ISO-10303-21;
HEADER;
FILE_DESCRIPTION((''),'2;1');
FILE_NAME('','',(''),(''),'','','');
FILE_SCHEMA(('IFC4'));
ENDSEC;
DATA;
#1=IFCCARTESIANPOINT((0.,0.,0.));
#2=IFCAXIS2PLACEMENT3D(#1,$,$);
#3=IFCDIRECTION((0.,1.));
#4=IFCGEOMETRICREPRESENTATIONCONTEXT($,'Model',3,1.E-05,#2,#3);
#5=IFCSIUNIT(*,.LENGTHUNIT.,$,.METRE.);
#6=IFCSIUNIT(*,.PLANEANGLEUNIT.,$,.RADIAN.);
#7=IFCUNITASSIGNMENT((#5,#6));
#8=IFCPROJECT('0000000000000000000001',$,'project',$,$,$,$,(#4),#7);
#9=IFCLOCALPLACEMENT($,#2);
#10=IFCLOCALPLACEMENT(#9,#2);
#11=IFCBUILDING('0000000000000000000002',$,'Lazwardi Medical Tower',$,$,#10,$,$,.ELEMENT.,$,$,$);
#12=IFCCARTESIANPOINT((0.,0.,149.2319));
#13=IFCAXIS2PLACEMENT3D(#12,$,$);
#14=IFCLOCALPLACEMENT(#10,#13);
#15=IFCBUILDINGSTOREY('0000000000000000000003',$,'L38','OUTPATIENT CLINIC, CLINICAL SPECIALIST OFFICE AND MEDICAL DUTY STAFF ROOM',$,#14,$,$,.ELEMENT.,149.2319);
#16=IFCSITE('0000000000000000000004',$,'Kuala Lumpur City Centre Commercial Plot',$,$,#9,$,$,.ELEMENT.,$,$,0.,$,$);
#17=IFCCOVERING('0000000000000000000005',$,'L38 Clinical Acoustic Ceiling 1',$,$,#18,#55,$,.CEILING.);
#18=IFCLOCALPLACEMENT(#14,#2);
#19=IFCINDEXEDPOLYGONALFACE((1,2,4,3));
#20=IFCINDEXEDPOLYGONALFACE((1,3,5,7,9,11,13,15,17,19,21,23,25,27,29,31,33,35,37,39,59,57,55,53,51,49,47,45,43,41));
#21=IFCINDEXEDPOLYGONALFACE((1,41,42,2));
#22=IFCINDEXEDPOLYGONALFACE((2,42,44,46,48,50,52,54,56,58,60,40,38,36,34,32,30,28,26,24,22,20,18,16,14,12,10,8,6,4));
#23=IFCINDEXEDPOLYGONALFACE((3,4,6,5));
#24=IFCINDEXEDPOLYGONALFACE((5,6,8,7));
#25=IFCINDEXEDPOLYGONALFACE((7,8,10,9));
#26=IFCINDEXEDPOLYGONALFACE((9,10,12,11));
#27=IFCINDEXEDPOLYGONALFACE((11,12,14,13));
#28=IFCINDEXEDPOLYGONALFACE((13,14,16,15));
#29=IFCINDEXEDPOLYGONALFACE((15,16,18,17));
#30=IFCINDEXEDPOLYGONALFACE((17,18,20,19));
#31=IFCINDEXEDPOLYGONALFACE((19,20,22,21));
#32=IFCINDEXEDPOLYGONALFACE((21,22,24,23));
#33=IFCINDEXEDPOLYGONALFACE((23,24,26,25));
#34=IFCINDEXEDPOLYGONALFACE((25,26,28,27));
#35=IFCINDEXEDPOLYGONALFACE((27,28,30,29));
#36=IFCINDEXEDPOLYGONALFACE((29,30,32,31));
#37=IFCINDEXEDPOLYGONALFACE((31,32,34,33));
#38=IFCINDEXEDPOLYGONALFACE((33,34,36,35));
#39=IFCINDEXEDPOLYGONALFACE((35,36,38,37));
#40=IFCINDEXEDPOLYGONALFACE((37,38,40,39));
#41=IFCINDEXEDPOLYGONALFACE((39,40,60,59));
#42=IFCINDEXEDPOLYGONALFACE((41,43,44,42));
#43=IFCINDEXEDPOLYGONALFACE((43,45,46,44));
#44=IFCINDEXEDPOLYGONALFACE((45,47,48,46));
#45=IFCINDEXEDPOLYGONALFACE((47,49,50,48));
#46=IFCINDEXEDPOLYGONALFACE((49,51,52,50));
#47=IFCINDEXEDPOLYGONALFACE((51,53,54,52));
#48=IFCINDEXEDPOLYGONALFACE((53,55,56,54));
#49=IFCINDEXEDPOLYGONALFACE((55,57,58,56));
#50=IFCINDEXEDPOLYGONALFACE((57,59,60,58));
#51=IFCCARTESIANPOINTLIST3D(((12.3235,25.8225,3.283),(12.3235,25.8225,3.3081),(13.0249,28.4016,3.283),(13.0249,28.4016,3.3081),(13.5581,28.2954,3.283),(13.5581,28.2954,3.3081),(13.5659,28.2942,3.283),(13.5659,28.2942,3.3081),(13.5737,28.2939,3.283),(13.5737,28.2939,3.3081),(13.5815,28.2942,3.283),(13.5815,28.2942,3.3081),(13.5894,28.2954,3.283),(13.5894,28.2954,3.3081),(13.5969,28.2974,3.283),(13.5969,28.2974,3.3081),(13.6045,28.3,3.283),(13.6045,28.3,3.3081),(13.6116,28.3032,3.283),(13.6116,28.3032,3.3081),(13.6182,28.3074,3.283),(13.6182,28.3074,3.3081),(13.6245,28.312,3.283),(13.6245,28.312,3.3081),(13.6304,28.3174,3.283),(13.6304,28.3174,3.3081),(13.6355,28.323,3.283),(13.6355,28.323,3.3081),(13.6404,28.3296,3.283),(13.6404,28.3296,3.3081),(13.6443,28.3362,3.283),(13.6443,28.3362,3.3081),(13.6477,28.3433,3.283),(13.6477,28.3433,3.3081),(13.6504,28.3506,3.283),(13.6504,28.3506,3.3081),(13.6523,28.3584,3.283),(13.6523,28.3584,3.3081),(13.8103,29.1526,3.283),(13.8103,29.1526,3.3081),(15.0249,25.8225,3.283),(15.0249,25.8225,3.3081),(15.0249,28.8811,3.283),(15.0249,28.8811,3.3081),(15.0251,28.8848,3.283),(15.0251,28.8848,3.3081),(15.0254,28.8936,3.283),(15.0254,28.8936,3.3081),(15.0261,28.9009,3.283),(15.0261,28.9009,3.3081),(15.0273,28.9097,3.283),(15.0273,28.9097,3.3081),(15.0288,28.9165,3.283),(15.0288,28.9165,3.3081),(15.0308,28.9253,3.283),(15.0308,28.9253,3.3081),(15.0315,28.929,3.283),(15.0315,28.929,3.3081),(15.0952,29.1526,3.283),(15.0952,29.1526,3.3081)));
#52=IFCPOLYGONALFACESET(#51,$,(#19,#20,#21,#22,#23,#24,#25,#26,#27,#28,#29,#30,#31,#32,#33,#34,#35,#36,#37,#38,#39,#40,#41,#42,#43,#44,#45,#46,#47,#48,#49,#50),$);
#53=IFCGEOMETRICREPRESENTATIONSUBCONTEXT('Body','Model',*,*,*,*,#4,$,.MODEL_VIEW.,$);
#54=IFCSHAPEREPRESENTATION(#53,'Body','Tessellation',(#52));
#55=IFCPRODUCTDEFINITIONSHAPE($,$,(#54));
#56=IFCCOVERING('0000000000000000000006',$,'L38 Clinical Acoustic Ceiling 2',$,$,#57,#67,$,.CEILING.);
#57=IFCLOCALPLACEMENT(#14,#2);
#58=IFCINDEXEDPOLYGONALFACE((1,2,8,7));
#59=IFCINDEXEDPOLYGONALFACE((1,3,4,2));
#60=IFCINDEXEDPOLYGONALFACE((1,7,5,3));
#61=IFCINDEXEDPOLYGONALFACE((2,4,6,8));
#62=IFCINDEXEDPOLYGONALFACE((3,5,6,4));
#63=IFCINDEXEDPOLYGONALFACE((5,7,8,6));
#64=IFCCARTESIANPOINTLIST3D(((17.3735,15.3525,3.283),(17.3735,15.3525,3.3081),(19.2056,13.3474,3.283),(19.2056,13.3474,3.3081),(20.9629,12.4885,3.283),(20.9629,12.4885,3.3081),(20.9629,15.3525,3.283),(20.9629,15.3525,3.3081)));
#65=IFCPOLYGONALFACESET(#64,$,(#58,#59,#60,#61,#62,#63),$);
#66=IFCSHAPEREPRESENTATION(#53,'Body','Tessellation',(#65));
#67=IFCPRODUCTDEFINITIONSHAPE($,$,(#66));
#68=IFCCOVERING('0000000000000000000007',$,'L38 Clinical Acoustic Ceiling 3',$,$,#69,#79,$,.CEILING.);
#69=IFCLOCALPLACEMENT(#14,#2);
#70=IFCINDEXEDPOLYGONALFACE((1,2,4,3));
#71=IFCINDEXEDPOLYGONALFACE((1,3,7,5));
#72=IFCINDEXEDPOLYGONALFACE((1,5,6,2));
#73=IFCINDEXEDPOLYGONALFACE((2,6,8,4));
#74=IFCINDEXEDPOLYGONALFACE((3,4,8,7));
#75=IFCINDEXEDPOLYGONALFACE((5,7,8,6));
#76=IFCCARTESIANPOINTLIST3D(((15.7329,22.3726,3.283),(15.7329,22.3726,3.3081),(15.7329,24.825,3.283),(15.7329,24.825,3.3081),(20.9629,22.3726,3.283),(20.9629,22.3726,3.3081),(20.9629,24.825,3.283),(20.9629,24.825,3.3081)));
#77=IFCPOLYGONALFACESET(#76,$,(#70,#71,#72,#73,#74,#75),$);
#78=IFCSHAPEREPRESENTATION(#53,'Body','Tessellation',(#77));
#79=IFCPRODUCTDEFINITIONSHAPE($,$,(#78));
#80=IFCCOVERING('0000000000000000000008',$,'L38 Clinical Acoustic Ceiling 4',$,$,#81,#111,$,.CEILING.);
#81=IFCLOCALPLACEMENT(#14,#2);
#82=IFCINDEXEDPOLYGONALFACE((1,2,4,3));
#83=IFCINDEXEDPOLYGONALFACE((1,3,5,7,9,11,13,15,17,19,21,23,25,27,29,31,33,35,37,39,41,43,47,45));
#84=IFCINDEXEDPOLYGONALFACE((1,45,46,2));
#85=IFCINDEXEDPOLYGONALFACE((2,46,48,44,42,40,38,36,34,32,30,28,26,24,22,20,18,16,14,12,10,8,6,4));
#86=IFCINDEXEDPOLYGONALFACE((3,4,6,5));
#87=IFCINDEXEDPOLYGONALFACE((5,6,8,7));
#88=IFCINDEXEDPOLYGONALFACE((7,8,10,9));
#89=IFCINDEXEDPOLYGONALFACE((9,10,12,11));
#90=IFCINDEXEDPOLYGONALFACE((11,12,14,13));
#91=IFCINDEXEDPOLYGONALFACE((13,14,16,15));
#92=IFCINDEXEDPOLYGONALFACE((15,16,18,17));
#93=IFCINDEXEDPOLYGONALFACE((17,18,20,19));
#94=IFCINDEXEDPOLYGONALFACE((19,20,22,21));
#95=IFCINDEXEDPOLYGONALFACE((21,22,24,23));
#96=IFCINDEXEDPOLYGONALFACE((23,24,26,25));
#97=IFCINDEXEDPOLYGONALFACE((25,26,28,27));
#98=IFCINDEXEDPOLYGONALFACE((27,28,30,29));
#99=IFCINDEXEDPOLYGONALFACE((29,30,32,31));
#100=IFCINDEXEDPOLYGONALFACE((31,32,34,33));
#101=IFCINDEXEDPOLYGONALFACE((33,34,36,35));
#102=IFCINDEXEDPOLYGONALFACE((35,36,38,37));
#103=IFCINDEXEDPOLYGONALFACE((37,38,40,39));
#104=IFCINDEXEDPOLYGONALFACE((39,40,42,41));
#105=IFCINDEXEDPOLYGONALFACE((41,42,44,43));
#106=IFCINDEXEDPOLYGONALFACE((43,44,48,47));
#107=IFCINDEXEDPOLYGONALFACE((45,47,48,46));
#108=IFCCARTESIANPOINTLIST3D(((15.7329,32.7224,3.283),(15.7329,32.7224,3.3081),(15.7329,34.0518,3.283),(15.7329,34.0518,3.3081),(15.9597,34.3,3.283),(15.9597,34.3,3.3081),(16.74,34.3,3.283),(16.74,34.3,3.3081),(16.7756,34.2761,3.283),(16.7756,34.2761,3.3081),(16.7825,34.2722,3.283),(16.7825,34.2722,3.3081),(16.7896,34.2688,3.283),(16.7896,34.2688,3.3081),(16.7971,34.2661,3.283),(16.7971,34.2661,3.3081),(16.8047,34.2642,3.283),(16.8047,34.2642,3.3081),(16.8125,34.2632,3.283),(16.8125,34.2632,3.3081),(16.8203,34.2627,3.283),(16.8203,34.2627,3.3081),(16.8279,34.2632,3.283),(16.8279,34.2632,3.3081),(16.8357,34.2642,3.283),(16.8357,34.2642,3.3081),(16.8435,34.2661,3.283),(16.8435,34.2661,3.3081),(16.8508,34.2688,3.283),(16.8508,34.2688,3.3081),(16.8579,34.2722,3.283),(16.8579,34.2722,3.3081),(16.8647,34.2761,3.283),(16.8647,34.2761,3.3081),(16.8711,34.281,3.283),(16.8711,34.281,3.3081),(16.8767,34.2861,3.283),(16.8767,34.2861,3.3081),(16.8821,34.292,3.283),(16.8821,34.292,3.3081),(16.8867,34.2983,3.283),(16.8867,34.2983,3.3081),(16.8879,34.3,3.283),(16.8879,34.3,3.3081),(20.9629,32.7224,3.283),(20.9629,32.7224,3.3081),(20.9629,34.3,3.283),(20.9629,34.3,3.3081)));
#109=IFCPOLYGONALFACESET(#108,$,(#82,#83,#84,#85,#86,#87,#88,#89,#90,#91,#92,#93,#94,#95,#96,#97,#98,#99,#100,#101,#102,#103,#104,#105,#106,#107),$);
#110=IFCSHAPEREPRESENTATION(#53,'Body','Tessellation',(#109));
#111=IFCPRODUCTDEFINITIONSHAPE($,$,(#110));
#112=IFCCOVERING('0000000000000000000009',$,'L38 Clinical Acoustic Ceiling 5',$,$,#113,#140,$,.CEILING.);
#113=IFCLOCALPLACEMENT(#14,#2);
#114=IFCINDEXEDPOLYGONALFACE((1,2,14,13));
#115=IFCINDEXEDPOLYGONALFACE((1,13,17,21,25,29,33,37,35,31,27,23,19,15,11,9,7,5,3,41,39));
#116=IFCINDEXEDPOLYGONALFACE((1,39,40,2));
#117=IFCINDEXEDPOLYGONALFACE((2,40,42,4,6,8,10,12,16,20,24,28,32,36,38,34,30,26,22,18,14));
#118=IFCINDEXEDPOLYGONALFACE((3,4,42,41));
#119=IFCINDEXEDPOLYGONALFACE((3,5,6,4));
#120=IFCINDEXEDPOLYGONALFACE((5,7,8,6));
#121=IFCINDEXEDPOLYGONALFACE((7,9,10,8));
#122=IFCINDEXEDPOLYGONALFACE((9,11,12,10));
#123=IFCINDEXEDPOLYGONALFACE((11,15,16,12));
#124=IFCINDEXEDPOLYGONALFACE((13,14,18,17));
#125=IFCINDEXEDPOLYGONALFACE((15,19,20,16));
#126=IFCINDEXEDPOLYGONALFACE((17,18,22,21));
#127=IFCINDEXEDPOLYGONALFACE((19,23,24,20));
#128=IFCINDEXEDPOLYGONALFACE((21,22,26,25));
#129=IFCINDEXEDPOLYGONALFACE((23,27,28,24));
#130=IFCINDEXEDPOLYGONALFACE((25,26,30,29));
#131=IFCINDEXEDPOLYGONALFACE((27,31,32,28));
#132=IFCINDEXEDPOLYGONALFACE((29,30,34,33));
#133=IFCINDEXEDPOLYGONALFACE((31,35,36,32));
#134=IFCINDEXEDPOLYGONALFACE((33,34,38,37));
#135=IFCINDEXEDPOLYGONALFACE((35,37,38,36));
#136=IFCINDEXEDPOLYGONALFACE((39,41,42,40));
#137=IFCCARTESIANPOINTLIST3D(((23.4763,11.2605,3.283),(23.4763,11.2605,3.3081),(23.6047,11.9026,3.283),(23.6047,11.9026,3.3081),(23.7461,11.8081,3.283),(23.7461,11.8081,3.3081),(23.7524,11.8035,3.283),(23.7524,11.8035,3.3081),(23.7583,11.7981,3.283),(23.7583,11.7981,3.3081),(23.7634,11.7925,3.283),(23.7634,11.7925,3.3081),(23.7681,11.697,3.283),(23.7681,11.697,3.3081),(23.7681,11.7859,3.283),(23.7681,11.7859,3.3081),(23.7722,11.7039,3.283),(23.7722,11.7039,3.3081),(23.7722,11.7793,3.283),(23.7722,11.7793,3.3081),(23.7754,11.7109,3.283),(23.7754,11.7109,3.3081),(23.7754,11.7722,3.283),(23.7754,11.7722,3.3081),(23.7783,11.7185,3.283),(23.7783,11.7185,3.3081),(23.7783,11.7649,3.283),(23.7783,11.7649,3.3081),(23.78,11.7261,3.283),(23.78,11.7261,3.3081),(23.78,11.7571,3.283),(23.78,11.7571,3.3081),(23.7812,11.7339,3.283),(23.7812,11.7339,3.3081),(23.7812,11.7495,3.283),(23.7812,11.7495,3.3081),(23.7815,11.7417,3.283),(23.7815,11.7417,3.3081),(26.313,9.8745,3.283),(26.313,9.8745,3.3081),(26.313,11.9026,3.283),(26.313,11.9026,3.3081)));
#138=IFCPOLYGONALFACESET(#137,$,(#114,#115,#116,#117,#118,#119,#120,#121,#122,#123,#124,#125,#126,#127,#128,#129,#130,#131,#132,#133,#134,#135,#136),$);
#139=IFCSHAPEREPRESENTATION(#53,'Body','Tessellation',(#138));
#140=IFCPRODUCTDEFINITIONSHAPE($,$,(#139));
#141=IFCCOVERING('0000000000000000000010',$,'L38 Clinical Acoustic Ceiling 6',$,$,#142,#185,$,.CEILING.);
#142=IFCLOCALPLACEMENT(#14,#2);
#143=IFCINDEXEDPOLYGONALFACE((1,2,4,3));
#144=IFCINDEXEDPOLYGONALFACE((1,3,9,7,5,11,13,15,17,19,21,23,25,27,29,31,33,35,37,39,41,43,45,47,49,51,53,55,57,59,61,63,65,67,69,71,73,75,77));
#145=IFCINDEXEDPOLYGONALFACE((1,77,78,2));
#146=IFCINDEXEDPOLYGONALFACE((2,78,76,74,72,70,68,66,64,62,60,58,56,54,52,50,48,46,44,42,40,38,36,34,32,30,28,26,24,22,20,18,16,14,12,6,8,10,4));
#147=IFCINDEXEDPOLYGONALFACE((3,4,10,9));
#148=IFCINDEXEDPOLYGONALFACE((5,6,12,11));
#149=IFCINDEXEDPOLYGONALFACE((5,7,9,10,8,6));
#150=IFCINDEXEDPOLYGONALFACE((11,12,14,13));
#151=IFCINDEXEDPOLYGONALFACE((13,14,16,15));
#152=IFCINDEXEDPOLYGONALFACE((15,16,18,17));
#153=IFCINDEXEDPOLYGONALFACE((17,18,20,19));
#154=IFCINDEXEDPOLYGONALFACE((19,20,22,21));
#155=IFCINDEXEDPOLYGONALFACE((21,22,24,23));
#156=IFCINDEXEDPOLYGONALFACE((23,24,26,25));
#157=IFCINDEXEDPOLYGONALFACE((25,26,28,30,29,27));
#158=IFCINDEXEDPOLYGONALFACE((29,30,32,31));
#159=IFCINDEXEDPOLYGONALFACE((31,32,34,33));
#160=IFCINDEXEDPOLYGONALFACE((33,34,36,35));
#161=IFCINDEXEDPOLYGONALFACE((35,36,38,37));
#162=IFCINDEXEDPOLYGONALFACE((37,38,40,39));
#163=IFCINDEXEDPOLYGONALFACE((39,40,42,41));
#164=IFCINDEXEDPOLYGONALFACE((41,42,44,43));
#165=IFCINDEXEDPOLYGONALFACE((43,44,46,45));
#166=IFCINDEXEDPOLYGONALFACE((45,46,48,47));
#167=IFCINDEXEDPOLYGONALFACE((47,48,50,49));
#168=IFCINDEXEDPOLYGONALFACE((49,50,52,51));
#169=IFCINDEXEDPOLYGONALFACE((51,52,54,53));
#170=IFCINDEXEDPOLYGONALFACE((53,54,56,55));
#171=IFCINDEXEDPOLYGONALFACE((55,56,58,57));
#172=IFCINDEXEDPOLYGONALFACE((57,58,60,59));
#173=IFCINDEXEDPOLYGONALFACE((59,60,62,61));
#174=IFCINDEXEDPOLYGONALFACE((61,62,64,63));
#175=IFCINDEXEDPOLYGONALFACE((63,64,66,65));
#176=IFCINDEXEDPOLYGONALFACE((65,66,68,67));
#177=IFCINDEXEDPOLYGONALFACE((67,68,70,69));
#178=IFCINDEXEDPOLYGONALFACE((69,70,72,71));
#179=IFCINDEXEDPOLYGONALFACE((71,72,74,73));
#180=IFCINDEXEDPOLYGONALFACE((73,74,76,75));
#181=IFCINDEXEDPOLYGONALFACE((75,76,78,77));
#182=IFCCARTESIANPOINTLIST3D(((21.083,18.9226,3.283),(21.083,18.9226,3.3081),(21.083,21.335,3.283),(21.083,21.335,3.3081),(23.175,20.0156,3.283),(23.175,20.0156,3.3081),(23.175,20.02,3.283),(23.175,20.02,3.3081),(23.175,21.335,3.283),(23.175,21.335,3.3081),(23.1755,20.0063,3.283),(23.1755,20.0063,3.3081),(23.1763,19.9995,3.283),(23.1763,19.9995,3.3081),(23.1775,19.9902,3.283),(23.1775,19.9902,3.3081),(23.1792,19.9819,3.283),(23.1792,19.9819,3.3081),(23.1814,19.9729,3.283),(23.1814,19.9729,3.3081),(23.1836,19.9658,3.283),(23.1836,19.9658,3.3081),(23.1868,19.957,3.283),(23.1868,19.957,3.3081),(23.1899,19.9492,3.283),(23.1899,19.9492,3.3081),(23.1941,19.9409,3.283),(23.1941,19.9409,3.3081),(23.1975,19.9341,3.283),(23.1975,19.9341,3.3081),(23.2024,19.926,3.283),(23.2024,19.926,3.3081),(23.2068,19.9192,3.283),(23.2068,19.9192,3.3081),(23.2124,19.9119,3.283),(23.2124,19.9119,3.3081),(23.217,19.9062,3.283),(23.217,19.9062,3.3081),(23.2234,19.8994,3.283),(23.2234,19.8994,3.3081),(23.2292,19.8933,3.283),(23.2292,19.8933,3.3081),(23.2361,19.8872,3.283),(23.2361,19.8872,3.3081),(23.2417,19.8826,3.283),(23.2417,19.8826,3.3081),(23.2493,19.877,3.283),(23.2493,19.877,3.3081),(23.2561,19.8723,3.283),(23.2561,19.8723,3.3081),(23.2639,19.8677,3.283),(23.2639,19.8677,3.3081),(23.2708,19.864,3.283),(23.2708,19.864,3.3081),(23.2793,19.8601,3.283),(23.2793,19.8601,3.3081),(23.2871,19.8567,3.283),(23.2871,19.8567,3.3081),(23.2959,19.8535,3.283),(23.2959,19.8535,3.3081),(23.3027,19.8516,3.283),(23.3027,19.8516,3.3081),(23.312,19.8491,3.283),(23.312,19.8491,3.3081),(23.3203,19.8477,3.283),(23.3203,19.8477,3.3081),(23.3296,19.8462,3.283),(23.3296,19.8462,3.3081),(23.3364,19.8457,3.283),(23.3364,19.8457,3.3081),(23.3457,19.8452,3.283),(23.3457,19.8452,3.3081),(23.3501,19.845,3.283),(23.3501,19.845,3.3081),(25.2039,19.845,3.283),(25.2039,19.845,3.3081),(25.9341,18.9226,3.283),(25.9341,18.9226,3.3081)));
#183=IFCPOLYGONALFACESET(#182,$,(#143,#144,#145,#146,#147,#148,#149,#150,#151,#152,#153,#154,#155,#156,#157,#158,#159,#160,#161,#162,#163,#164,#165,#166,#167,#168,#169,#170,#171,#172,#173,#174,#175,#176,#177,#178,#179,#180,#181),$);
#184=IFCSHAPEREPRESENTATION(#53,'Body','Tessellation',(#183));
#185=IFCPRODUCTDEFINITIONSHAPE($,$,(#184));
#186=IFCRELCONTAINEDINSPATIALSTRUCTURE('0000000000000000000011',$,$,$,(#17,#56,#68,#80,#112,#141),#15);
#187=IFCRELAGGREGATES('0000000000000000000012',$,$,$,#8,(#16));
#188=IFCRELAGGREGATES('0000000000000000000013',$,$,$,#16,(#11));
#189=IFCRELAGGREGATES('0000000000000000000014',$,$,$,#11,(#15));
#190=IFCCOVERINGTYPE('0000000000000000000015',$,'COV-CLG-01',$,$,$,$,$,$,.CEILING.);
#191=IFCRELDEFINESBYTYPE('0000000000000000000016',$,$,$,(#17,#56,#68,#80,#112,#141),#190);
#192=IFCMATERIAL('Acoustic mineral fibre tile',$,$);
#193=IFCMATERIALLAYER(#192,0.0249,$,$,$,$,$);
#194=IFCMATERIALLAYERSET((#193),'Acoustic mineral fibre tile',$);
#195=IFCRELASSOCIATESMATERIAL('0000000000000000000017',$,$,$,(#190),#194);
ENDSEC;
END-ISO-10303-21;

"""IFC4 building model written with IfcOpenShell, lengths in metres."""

from ifc_helpers import new_model, si_unit, direction, frame, origin, place, context, subcontext, project, spatial, polyline, outline, extrude, material, layer, layer_set, type_object, element, save


model = new_model("IFC4")

# Units and contexts
model_context = context("Model", 3, precision=1e-05, world=origin(), true_north=direction((0.0, 1.0)))
body_context = subcontext(model_context, "Body", "Model", "MODEL_VIEW")
ifc_project = project(units=[si_unit("LENGTHUNIT", "METRE"), si_unit("PLANEANGLEUNIT", "RADIAN")], contexts=[model_context])

# Site, building, storey
site_placement = place(None, origin())
site = spatial("IfcSite", under=ifc_project, at=site_placement, Name="Kuala Lumpur City Centre Commercial Plot", CompositionType="ELEMENT", RefElevation=0.0)
building_placement = place(site_placement, origin())
building = spatial("IfcBuilding", under=site, at=building_placement, Name="Lazwardi Medical Tower", CompositionType="ELEMENT")
storey_placement = place(building_placement, frame((0.0, 0.0, 149.2319)))
storey = spatial("IfcBuildingStorey", under=building, at=storey_placement, Name="L38", Description="OUTPATIENT CLINIC, CLINICAL SPECIALIST OFFICE AND MEDICAL DUTY STAFF ROOM", CompositionType="ELEMENT", Elevation=149.2319)

# Coverings
ifc_material_1 = material(Name="Acoustic mineral fibre tile")
ifc_layer_1 = layer(ifc_material_1, 0.0249)
ifc_layer_set_1 = layer_set([ifc_layer_1], Name="Acoustic mineral fibre tile")
covering_type_1 = type_object("IfcCoveringType", Name="COV-CLG-01", PredefinedType="CEILING", material=ifc_layer_set_1)
covering_1_placement = place(storey_placement, frame((0.0, 0.0, 3.283)))
element("IfcCovering", 1, at=covering_1_placement, inside=storey, type_object=covering_type_1, Name="L38 Clinical Acoustic Ceiling 1", PredefinedType="CEILING", context=body_context, shape_type="SweptSolid", body=[
    extrude(outline(polyline([(13.8103, 29.1526), (13.6523, 28.3584), (13.6504, 28.3506), (13.6477, 28.3433), (13.6443, 28.3362), (13.6404, 28.3296), (13.6355, 28.323), (13.6304, 28.3174), (13.6245, 28.312), (13.6182, 28.3074), (13.6116, 28.3032), (13.6045, 28.3), (13.5969, 28.2974), (13.5894, 28.2954), (13.5815, 28.2942), (13.5737, 28.2939), (13.5659, 28.2942), (13.5581, 28.2954), (13.0249, 28.4016), (12.3235, 25.8225), (15.0249, 25.8225), (15.0249, 28.8811), (15.0251, 28.8848), (15.0254, 28.8936), (15.0261, 28.9009), (15.0273, 28.9097), (15.0288, 28.9165), (15.0308, 28.9253), (15.0315, 28.929), (15.0952, 29.1526), (13.8103, 29.1526)])), origin(), (0.0, 0.0, 1.0), 0.0251),
])
covering_2_placement = place(storey_placement, frame((0.0, 0.0, 3.283)))
element("IfcCovering", 2, at=covering_2_placement, inside=storey, type_object=covering_type_1, Name="L38 Clinical Acoustic Ceiling 2", PredefinedType="CEILING", context=body_context, shape_type="SweptSolid", body=[
    extrude(outline(polyline([(17.3735, 15.3525), (19.2056, 13.3474), (20.9629, 12.4885), (20.9629, 15.3525), (17.3735, 15.3525)])), origin(), (0.0, 0.0, 1.0), 0.0251),
])
covering_3_placement = place(storey_placement, frame((0.0, 0.0, 3.283)))
element("IfcCovering", 3, at=covering_3_placement, inside=storey, type_object=covering_type_1, Name="L38 Clinical Acoustic Ceiling 3", PredefinedType="CEILING", context=body_context, shape_type="SweptSolid", body=[
    extrude(outline(polyline([(20.9629, 24.825), (15.7329, 24.825), (15.7329, 22.3726), (20.9629, 22.3726), (20.9629, 24.825)])), origin(), (0.0, 0.0, 1.0), 0.0251),
])
covering_4_placement = place(storey_placement, frame((0.0, 0.0, 3.283)))
element("IfcCovering", 4, at=covering_4_placement, inside=storey, type_object=covering_type_1, Name="L38 Clinical Acoustic Ceiling 4", PredefinedType="CEILING", context=body_context, shape_type="SweptSolid", body=[
    extrude(outline(polyline([(20.9629, 34.3), (16.8879, 34.3), (16.8867, 34.2983), (16.8821, 34.292), (16.8767, 34.2861), (16.8711, 34.281), (16.8647, 34.2761), (16.8579, 34.2722), (16.8508, 34.2688), (16.8435, 34.2661), (16.8357, 34.2642), (16.8279, 34.2632), (16.8203, 34.2627), (16.8125, 34.2632), (16.8047, 34.2642), (16.7971, 34.2661), (16.7896, 34.2688), (16.7825, 34.2722), (16.7756, 34.2761), (16.74, 34.3), (15.9597, 34.3), (15.7329, 34.0518), (15.7329, 32.7224), (20.9629, 32.7224), (20.9629, 34.3)])), origin(), (0.0, 0.0, 1.0), 0.0251),
])
covering_5_placement = place(storey_placement, frame((0.0, 0.0, 3.283)))
element("IfcCovering", 5, at=covering_5_placement, inside=storey, type_object=covering_type_1, Name="L38 Clinical Acoustic Ceiling 5", PredefinedType="CEILING", context=body_context, shape_type="SweptSolid", body=[
    extrude(outline(polyline([(23.6047, 11.9026), (23.7461, 11.8081), (23.7524, 11.8035), (23.7583, 11.7981), (23.7634, 11.7925), (23.7681, 11.7859), (23.7722, 11.7793), (23.7754, 11.7722), (23.7783, 11.7649), (23.78, 11.7571), (23.7812, 11.7495), (23.7815, 11.7417), (23.7812, 11.7339), (23.78, 11.7261), (23.7783, 11.7185), (23.7754, 11.7109), (23.7722, 11.7039), (23.7681, 11.697), (23.4763, 11.2605), (26.313, 9.8745), (26.313, 11.9026), (23.6047, 11.9026)])), origin(), (0.0, 0.0, 1.0), 0.0251),
])
covering_6_placement = place(storey_placement, frame((0.0, 0.0, 3.283)))
element("IfcCovering", 6, at=covering_6_placement, inside=storey, type_object=covering_type_1, Name="L38 Clinical Acoustic Ceiling 6", PredefinedType="CEILING", context=body_context, shape_type="SweptSolid", body=[
    extrude(outline(polyline([(25.9341, 18.9226), (25.2039, 19.845), (23.3501, 19.845), (23.3457, 19.8452), (23.3364, 19.8457), (23.3296, 19.8462), (23.3203, 19.8477), (23.312, 19.8491), (23.3027, 19.8516), (23.2959, 19.8535), (23.2871, 19.8567), (23.2793, 19.8601), (23.2708, 19.864), (23.2639, 19.8677), (23.2561, 19.8723), (23.2493, 19.877), (23.2417, 19.8826), (23.2361, 19.8872), (23.2292, 19.8933), (23.2234, 19.8994), (23.217, 19.9062), (23.2124, 19.9119), (23.2068, 19.9192), (23.2024, 19.926), (23.1975, 19.9341), (23.1941, 19.9409), (23.1899, 19.9492), (23.1868, 19.957), (23.1836, 19.9658), (23.1814, 19.9729), (23.1792, 19.9819), (23.1775, 19.9902), (23.1763, 19.9995), (23.1755, 20.0063), (23.175, 20.0156), (23.175, 20.02), (23.175, 21.335), (21.083, 21.335), (21.083, 18.9226), (25.9341, 18.9226)])), origin(), (0.0, 0.0, 1.0), 0.0251),
])

save(model, "model.ifc")
